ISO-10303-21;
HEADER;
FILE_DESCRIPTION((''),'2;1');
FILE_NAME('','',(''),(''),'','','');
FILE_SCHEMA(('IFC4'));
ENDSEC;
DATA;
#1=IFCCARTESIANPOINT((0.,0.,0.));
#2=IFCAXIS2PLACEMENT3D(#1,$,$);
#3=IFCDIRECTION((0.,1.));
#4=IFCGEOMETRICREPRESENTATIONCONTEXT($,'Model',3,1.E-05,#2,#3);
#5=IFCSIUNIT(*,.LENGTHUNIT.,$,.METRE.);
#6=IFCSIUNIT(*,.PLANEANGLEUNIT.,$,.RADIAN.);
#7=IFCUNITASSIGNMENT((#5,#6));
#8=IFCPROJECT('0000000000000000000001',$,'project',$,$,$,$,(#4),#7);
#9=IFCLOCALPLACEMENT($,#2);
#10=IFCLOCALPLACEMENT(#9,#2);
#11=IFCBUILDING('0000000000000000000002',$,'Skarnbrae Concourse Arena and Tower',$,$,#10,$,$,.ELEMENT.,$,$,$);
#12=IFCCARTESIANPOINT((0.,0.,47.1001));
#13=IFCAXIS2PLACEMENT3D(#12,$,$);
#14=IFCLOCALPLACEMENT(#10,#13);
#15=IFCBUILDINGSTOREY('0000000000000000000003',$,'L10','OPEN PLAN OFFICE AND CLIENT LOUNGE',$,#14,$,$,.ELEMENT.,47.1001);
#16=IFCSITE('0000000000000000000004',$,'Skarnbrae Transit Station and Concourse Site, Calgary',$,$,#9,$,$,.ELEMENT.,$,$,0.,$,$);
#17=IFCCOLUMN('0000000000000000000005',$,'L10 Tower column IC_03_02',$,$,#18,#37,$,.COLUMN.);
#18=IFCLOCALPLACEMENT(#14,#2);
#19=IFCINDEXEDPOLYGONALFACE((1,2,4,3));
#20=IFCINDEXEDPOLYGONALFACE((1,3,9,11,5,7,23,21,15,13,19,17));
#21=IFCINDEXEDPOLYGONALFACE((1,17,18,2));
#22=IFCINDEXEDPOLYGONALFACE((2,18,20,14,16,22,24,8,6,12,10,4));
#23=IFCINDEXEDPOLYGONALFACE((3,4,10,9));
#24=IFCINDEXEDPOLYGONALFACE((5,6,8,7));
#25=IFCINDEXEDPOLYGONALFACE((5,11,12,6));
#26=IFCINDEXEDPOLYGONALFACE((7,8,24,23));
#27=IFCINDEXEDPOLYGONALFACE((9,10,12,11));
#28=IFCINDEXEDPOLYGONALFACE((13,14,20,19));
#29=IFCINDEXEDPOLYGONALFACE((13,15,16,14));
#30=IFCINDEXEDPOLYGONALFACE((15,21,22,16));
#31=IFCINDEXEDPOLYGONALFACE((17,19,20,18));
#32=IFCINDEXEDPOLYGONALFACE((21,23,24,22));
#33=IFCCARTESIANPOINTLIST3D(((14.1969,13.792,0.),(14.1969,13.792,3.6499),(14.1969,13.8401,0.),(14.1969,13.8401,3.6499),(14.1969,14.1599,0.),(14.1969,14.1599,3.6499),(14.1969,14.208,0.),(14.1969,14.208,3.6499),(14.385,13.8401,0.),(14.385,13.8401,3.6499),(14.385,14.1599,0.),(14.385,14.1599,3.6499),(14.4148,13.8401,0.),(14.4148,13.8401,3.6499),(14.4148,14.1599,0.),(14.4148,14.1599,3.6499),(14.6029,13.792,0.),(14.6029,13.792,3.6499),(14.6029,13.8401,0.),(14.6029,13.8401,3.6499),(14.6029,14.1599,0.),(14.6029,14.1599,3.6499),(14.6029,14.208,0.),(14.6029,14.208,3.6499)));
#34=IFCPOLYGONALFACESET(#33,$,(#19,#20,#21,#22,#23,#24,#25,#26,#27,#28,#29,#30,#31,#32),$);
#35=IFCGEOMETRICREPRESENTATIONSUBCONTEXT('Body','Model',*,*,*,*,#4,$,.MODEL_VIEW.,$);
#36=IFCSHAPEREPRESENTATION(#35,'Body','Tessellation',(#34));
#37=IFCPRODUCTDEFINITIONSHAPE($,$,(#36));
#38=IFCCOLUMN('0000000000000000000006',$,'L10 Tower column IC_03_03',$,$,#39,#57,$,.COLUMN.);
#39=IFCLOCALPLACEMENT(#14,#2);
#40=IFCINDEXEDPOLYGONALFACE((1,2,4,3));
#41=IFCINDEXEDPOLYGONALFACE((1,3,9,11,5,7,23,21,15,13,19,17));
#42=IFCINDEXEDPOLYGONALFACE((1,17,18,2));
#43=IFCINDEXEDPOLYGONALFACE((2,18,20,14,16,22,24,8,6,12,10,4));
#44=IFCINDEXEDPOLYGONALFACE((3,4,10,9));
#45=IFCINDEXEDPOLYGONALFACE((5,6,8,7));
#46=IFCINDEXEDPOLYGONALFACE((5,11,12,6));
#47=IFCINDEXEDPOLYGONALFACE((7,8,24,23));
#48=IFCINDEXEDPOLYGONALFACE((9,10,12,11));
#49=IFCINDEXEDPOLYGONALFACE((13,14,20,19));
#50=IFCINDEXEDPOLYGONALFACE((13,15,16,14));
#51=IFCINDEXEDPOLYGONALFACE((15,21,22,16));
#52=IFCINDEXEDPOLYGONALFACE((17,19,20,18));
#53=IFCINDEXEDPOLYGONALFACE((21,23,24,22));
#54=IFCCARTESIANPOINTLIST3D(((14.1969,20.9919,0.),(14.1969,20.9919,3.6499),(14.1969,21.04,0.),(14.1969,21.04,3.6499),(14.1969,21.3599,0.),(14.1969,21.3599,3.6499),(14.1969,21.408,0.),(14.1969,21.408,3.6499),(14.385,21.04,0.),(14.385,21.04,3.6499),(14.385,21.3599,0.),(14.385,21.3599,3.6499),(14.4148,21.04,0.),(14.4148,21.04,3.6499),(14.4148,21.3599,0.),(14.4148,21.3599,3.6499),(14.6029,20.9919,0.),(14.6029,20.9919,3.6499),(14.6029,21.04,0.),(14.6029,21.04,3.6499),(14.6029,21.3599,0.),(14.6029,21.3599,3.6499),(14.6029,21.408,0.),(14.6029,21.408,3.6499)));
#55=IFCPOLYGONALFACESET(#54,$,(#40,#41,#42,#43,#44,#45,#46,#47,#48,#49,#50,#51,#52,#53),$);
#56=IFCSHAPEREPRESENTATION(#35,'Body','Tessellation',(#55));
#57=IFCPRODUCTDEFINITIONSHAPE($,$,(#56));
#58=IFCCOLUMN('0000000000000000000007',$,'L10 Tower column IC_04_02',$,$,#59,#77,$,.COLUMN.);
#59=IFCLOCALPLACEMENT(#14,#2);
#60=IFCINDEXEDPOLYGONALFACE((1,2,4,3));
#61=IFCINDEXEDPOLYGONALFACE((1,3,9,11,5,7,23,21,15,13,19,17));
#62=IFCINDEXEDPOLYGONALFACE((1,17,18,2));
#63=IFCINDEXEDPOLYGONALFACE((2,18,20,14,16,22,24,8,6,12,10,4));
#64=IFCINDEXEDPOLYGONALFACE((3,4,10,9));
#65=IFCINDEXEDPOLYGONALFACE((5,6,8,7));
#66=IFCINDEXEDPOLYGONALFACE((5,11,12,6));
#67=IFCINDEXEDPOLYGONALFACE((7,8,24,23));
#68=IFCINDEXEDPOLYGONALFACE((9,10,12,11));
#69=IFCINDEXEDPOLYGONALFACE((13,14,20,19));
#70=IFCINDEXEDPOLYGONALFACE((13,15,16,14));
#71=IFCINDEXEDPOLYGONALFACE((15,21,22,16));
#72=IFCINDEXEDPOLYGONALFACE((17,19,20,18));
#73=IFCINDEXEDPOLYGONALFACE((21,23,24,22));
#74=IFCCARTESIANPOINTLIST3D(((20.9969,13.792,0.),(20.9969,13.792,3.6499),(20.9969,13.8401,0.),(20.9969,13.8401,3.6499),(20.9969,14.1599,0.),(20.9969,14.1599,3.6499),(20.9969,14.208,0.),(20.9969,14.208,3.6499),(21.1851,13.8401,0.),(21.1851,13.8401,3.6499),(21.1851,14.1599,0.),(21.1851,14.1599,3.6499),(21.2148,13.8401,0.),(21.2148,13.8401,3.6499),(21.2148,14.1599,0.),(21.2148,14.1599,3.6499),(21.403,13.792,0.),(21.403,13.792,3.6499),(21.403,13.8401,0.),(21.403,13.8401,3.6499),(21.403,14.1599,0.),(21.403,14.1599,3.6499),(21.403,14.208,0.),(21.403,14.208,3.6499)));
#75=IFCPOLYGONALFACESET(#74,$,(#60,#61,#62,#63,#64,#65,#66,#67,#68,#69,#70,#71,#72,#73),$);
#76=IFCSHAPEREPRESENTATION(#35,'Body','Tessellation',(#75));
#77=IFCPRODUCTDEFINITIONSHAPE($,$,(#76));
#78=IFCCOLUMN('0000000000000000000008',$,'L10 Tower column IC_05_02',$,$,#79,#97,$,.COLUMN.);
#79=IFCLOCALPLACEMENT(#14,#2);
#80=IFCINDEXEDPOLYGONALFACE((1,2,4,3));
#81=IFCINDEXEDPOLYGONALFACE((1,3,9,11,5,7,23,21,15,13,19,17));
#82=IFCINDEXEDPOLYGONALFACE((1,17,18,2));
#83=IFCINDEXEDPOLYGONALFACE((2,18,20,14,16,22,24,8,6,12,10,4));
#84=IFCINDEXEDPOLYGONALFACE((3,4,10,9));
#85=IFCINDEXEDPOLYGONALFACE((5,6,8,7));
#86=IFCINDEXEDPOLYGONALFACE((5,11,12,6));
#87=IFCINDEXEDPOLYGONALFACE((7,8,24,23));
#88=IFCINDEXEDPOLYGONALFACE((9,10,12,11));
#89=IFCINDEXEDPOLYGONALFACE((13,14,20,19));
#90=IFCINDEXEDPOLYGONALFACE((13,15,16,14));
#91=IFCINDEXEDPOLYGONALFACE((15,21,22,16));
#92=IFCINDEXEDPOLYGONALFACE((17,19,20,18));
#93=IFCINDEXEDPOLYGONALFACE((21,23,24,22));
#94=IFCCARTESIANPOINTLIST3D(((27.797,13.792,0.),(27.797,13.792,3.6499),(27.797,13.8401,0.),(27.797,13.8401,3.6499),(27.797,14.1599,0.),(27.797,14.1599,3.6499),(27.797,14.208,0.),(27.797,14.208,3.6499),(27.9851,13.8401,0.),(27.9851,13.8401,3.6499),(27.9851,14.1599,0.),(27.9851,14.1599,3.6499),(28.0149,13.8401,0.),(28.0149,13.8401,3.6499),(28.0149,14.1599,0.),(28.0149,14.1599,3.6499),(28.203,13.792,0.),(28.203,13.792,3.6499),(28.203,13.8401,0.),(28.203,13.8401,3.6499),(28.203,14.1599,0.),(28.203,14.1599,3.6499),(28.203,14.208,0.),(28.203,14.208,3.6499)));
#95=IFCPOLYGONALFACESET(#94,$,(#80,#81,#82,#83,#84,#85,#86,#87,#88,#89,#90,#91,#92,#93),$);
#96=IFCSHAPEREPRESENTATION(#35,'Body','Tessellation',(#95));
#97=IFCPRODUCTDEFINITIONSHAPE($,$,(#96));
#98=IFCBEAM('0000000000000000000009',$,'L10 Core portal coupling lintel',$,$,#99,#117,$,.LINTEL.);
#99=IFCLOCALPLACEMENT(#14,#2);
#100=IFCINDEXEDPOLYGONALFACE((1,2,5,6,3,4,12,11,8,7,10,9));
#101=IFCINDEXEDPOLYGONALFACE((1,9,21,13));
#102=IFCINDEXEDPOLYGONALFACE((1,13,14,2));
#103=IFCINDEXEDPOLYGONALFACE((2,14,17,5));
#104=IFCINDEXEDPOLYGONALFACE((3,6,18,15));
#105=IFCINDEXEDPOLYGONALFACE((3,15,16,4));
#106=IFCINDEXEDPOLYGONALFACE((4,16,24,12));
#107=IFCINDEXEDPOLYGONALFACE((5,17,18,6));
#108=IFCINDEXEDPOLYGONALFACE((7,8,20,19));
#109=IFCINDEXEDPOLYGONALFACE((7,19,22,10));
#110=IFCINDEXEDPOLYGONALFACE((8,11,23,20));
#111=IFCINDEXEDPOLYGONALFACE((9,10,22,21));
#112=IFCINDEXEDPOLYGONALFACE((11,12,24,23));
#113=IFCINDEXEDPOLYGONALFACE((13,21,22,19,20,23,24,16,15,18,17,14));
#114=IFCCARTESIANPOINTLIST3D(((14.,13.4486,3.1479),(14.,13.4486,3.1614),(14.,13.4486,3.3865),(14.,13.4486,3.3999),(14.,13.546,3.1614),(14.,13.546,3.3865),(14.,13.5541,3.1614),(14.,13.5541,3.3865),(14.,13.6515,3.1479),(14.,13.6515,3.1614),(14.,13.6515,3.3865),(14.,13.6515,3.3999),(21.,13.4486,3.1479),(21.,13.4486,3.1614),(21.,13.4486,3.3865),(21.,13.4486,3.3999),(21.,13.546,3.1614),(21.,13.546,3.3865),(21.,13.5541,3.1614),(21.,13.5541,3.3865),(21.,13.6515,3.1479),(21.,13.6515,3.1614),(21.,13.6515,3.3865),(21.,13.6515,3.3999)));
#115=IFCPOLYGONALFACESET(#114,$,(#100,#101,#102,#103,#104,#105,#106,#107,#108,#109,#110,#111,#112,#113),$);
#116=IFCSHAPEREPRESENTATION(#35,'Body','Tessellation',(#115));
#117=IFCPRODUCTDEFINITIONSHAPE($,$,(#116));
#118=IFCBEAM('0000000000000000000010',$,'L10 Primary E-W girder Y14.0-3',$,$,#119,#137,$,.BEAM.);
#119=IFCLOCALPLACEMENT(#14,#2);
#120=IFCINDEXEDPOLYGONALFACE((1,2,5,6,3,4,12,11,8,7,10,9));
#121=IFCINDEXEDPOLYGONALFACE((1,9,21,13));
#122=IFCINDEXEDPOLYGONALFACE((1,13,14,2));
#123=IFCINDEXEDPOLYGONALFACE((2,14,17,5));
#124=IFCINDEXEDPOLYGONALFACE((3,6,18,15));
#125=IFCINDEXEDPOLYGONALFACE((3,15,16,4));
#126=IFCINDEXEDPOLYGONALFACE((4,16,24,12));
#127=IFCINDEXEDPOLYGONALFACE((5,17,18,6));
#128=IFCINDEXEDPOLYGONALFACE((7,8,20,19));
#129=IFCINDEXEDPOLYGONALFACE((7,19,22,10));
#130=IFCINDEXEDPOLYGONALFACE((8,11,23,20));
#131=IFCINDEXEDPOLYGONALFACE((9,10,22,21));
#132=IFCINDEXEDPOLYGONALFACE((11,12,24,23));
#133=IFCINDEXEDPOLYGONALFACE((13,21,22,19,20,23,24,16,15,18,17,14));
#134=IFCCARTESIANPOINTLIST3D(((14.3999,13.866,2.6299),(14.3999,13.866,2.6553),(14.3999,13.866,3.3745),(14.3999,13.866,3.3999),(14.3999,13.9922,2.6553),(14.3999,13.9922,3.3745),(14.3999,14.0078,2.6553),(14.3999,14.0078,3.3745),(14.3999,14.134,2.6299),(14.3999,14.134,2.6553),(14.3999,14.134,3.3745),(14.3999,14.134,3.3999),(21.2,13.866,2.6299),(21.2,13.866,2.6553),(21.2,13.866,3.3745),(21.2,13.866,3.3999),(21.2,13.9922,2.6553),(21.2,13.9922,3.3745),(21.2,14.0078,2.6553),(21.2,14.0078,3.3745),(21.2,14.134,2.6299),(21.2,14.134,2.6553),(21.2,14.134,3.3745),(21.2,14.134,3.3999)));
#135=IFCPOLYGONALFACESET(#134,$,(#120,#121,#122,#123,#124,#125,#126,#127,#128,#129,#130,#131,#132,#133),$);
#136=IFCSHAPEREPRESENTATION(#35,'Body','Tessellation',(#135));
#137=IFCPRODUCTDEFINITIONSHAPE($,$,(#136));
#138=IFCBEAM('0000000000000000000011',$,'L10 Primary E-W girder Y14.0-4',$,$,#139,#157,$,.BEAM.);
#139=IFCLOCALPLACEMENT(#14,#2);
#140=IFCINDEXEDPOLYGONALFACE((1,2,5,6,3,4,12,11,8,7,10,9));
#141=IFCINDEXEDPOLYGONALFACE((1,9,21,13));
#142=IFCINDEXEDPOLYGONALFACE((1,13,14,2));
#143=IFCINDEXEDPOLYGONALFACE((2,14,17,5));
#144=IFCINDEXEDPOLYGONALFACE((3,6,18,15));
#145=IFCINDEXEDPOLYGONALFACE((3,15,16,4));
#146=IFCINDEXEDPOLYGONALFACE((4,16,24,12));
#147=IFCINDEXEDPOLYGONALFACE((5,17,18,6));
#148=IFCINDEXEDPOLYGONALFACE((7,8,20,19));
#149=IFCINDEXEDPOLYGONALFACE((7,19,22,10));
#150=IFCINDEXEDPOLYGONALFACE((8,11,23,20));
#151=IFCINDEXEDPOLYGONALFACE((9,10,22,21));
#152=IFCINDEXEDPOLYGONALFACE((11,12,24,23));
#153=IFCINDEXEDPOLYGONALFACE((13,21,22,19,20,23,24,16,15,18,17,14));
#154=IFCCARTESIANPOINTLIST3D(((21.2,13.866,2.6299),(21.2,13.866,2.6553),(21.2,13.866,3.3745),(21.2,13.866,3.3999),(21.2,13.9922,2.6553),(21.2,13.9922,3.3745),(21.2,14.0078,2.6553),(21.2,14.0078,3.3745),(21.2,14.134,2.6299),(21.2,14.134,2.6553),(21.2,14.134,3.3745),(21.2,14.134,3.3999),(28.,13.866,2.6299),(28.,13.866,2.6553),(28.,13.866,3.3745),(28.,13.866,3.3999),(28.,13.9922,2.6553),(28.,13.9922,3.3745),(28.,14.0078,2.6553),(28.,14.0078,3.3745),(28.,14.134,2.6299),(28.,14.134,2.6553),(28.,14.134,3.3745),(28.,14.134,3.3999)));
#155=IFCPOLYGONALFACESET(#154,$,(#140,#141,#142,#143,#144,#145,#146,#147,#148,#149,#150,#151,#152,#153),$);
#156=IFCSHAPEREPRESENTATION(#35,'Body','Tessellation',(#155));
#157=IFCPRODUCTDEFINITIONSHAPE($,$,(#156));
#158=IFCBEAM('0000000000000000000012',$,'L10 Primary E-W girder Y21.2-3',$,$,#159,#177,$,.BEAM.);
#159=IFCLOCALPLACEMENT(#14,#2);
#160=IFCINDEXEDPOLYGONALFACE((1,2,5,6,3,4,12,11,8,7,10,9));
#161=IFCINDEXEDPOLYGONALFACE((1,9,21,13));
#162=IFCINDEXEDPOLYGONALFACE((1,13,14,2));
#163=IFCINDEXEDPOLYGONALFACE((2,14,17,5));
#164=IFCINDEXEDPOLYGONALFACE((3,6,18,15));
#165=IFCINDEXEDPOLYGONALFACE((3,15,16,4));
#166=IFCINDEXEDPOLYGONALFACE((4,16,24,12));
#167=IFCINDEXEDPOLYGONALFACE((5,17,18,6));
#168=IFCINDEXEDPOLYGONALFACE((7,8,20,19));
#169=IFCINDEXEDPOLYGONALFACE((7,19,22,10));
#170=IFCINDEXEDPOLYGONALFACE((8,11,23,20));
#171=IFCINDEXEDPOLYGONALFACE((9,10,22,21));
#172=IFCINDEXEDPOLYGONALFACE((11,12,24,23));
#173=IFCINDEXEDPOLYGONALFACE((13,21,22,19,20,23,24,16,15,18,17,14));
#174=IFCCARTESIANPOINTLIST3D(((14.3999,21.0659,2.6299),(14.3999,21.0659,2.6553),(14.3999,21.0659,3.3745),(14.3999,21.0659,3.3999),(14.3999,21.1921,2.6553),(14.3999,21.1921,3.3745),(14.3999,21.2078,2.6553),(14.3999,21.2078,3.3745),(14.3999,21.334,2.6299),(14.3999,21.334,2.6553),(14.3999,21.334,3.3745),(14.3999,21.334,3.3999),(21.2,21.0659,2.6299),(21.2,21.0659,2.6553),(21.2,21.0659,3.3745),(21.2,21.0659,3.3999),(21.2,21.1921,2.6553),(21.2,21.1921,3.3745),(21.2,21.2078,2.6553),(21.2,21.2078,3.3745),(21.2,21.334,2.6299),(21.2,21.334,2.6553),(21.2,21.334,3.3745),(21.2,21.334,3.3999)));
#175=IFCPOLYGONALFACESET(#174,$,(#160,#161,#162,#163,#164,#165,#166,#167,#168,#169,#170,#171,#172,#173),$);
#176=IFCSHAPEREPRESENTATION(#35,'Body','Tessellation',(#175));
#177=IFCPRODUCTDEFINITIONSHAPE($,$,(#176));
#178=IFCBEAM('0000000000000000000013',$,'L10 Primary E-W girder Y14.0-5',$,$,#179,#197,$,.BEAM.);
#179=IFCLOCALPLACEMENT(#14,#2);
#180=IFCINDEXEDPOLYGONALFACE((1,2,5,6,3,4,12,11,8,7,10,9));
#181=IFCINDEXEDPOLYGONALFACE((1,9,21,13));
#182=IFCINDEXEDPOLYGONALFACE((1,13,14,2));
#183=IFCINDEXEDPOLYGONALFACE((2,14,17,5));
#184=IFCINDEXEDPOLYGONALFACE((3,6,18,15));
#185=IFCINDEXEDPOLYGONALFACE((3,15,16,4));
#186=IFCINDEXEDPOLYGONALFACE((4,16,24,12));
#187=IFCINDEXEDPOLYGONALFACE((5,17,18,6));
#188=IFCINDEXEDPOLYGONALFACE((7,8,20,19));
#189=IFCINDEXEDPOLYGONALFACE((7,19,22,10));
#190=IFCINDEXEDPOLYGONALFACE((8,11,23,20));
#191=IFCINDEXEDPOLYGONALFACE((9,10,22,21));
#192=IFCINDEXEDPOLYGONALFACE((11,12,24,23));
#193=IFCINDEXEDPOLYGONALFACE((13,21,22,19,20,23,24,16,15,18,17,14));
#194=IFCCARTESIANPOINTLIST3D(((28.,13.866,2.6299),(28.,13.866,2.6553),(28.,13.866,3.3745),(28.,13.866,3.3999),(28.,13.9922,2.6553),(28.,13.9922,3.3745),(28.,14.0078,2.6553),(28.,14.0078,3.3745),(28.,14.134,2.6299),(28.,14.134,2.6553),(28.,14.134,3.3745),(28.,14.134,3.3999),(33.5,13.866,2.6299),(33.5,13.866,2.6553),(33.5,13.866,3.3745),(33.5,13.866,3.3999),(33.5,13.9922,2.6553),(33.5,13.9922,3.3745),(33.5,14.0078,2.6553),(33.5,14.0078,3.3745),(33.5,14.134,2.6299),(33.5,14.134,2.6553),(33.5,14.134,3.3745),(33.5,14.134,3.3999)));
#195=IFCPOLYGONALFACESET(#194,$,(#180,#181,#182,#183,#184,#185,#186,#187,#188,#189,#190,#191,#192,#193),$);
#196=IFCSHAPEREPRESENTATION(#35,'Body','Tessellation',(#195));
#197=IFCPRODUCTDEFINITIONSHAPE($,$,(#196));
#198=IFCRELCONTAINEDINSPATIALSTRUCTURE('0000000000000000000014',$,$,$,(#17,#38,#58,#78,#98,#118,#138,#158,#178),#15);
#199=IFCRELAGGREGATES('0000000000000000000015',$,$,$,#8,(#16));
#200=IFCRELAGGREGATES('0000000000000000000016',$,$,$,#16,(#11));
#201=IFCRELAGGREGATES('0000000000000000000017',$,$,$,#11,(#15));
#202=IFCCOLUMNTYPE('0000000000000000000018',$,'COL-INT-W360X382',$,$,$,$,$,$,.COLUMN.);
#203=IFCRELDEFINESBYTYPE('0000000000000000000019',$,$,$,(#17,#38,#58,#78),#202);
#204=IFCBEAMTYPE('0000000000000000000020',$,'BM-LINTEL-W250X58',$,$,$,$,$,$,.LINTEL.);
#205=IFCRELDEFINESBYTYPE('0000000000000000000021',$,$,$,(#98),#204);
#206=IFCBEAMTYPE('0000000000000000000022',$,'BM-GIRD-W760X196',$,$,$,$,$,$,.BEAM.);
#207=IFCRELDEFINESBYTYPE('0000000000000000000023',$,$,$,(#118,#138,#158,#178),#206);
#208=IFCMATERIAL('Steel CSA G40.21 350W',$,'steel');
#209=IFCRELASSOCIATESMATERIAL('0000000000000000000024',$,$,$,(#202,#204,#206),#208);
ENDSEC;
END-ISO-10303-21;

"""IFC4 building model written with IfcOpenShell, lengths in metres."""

from ifc_helpers import new_model, si_unit, direction, frame, origin, origin_2d, place, context, subcontext, project, spatial, i_section, extrude, source, transform, mapped, material, material_profile, profile_set, type_object, element, save


model = new_model("IFC4")

# Units and contexts
model_context = context("Model", 3, precision=1e-05, world=origin(), true_north=direction((0.0, 1.0)))
body_context = subcontext(model_context, "Body", "Model", "MODEL_VIEW")
ifc_project = project(units=[si_unit("LENGTHUNIT", "METRE"), si_unit("PLANEANGLEUNIT", "RADIAN")], contexts=[model_context])

# Site, building, storey
site_placement = place(None, origin())
site = spatial("IfcSite", under=ifc_project, at=site_placement, Name="Skarnbrae Transit Station and Concourse Site, Calgary", CompositionType="ELEMENT", RefElevation=0.0)
building_placement = place(site_placement, origin())
building = spatial("IfcBuilding", under=site, at=building_placement, Name="Skarnbrae Concourse Arena and Tower", CompositionType="ELEMENT")
storey_placement = place(building_placement, frame((0.0, 0.0, 47.1001)))
storey = spatial("IfcBuildingStorey", under=building, at=storey_placement, Name="L10", Description="OPEN PLAN OFFICE AND CLIENT LOUNGE", CompositionType="ELEMENT", Elevation=47.1001)

# Columns
ifc_material_1 = material(Name="Steel CSA G40.21 350W", Category="steel")
ifc_material_profile_1 = material_profile(ifc_material_1, i_section(OverallWidth=0.406, OverallDepth=0.416, WebThickness=0.0298, FlangeThickness=0.0481, at=origin_2d()), Name="W360X382")
ifc_profile_set_1 = profile_set([ifc_material_profile_1], Name="Steel CSA G40.21 350W")
column_type = type_object("IfcColumnType", Name="COL-INT-W360X382", PredefinedType="COLUMN", material=ifc_profile_set_1)
shared_shape_1 = source(origin(), body_context, "Body", "SweptSolid", [
    extrude(i_section(OverallWidth=0.406, OverallDepth=0.416, WebThickness=0.0298, FlangeThickness=0.0481, at=origin_2d()), origin(), (0.0, 0.0, 1.0), 3.6499),
])
for number, where, z_axis, x_axis, name in (
    (1, (14.3999, 14.0, 0.0), (0.0, 0.0, 1.0), (1.0, 0.0, 0.0), "L10 Tower column IC_03_02"),
    (2, (14.3999, 21.2, 0.0), (0.0, 0.0, 1.0), (1.0, 0.0, 0.0), "L10 Tower column IC_03_03"),
    (3, (21.2, 14.0, 0.0), (0.0, 0.0, 1.0), (1.0, 0.0, 0.0), "L10 Tower column IC_04_02"),
    (4, (28.0, 14.0, 0.0), (0.0, 0.0, 1.0), (1.0, 0.0, 0.0), "L10 Tower column IC_05_02"),
):
    element("IfcColumn", number, at=place(storey_placement, frame(where, z_axis=z_axis, x_axis=x_axis)), inside=storey, type_object=column_type, Name=name, PredefinedType="COLUMN", context=body_context, shape_type="MappedRepresentation", body=[
        mapped(shared_shape_1, transform((0.0, 0.0, 0.0))),
    ])

# Beams
ifc_material_profile_2 = material_profile(ifc_material_1, i_section(OverallWidth=0.2029, OverallDepth=0.252, WebThickness=0.0081, FlangeThickness=0.0134, at=origin_2d()), Name="W250X58")
ifc_profile_set_2 = profile_set([ifc_material_profile_2], Name="Steel CSA G40.21 350W")
beam_type_1 = type_object("IfcBeamType", Name="BM-LINTEL-W250X58", PredefinedType="LINTEL", material=ifc_profile_set_2)
shared_shape_2 = source(origin(), body_context, "Body", "SweptSolid", [
    extrude(i_section(OverallWidth=0.2029, OverallDepth=0.252, WebThickness=0.0081, FlangeThickness=0.0134, at=origin_2d()), origin(), (0.0, 0.0, 1.0), 7.0),
])
beam_1_placement = place(storey_placement, frame((14.0, 13.55, 3.2739), z_axis=(1.0, 0.0, 0.0), x_axis=(0.0, 1.0, 0.0)))
element("IfcBeam", 5, at=beam_1_placement, inside=storey, type_object=beam_type_1, Name="L10 Core portal coupling lintel", PredefinedType="LINTEL", context=body_context, shape_type="MappedRepresentation", body=[
    mapped(shared_shape_2, transform((0.0, 0.0, 0.0))),
])
ifc_material_profile_3 = material_profile(ifc_material_1, i_section(OverallWidth=0.2681, OverallDepth=0.77, WebThickness=0.0156, FlangeThickness=0.0254, at=origin_2d()), Name="W760X196")
ifc_profile_set_3 = profile_set([ifc_material_profile_3], Name="Steel CSA G40.21 350W")
beam_type_2 = type_object("IfcBeamType", Name="BM-GIRD-W760X196", PredefinedType="BEAM", material=ifc_profile_set_3)
shared_shape_3 = source(origin(), body_context, "Body", "SweptSolid", [
    extrude(i_section(OverallWidth=0.2681, OverallDepth=0.77, WebThickness=0.0156, FlangeThickness=0.0254, at=origin_2d()), origin(), (0.0, 0.0, 1.0), 6.8),
])
for number, where, z_axis, x_axis, name in (
    (6, (14.3999, 14.0, 3.0149), (1.0, 0.0, 0.0), (0.0, 1.0, 0.0), "L10 Primary E-W girder Y14.0-3"),
    (7, (21.2, 14.0, 3.0149), (1.0, 0.0, 0.0), (0.0, 1.0, 0.0), "L10 Primary E-W girder Y14.0-4"),
    (8, (14.3999, 21.2, 3.0149), (1.0, 0.0, 0.0), (0.0, 1.0, 0.0), "L10 Primary E-W girder Y21.2-3"),
):
    element("IfcBeam", number, at=place(storey_placement, frame(where, z_axis=z_axis, x_axis=x_axis)), inside=storey, type_object=beam_type_2, Name=name, PredefinedType="BEAM", context=body_context, shape_type="MappedRepresentation", body=[
        mapped(shared_shape_3, transform((0.0, 0.0, 0.0))),
    ])
shared_shape_4 = source(origin(), body_context, "Body", "SweptSolid", [
    extrude(i_section(OverallWidth=0.2681, OverallDepth=0.77, WebThickness=0.0156, FlangeThickness=0.0254, at=origin_2d()), origin(), (0.0, 0.0, 1.0), 5.5),
])
beam_2_placement = place(storey_placement, frame((28.0, 14.0, 3.0149), z_axis=(1.0, 0.0, 0.0), x_axis=(0.0, 1.0, 0.0)))
element("IfcBeam", 9, at=beam_2_placement, inside=storey, type_object=beam_type_2, Name="L10 Primary E-W girder Y14.0-5", PredefinedType="BEAM", context=body_context, shape_type="MappedRepresentation", body=[
    mapped(shared_shape_4, transform((0.0, 0.0, 0.0))),
])

save(model, "model.ifc")
